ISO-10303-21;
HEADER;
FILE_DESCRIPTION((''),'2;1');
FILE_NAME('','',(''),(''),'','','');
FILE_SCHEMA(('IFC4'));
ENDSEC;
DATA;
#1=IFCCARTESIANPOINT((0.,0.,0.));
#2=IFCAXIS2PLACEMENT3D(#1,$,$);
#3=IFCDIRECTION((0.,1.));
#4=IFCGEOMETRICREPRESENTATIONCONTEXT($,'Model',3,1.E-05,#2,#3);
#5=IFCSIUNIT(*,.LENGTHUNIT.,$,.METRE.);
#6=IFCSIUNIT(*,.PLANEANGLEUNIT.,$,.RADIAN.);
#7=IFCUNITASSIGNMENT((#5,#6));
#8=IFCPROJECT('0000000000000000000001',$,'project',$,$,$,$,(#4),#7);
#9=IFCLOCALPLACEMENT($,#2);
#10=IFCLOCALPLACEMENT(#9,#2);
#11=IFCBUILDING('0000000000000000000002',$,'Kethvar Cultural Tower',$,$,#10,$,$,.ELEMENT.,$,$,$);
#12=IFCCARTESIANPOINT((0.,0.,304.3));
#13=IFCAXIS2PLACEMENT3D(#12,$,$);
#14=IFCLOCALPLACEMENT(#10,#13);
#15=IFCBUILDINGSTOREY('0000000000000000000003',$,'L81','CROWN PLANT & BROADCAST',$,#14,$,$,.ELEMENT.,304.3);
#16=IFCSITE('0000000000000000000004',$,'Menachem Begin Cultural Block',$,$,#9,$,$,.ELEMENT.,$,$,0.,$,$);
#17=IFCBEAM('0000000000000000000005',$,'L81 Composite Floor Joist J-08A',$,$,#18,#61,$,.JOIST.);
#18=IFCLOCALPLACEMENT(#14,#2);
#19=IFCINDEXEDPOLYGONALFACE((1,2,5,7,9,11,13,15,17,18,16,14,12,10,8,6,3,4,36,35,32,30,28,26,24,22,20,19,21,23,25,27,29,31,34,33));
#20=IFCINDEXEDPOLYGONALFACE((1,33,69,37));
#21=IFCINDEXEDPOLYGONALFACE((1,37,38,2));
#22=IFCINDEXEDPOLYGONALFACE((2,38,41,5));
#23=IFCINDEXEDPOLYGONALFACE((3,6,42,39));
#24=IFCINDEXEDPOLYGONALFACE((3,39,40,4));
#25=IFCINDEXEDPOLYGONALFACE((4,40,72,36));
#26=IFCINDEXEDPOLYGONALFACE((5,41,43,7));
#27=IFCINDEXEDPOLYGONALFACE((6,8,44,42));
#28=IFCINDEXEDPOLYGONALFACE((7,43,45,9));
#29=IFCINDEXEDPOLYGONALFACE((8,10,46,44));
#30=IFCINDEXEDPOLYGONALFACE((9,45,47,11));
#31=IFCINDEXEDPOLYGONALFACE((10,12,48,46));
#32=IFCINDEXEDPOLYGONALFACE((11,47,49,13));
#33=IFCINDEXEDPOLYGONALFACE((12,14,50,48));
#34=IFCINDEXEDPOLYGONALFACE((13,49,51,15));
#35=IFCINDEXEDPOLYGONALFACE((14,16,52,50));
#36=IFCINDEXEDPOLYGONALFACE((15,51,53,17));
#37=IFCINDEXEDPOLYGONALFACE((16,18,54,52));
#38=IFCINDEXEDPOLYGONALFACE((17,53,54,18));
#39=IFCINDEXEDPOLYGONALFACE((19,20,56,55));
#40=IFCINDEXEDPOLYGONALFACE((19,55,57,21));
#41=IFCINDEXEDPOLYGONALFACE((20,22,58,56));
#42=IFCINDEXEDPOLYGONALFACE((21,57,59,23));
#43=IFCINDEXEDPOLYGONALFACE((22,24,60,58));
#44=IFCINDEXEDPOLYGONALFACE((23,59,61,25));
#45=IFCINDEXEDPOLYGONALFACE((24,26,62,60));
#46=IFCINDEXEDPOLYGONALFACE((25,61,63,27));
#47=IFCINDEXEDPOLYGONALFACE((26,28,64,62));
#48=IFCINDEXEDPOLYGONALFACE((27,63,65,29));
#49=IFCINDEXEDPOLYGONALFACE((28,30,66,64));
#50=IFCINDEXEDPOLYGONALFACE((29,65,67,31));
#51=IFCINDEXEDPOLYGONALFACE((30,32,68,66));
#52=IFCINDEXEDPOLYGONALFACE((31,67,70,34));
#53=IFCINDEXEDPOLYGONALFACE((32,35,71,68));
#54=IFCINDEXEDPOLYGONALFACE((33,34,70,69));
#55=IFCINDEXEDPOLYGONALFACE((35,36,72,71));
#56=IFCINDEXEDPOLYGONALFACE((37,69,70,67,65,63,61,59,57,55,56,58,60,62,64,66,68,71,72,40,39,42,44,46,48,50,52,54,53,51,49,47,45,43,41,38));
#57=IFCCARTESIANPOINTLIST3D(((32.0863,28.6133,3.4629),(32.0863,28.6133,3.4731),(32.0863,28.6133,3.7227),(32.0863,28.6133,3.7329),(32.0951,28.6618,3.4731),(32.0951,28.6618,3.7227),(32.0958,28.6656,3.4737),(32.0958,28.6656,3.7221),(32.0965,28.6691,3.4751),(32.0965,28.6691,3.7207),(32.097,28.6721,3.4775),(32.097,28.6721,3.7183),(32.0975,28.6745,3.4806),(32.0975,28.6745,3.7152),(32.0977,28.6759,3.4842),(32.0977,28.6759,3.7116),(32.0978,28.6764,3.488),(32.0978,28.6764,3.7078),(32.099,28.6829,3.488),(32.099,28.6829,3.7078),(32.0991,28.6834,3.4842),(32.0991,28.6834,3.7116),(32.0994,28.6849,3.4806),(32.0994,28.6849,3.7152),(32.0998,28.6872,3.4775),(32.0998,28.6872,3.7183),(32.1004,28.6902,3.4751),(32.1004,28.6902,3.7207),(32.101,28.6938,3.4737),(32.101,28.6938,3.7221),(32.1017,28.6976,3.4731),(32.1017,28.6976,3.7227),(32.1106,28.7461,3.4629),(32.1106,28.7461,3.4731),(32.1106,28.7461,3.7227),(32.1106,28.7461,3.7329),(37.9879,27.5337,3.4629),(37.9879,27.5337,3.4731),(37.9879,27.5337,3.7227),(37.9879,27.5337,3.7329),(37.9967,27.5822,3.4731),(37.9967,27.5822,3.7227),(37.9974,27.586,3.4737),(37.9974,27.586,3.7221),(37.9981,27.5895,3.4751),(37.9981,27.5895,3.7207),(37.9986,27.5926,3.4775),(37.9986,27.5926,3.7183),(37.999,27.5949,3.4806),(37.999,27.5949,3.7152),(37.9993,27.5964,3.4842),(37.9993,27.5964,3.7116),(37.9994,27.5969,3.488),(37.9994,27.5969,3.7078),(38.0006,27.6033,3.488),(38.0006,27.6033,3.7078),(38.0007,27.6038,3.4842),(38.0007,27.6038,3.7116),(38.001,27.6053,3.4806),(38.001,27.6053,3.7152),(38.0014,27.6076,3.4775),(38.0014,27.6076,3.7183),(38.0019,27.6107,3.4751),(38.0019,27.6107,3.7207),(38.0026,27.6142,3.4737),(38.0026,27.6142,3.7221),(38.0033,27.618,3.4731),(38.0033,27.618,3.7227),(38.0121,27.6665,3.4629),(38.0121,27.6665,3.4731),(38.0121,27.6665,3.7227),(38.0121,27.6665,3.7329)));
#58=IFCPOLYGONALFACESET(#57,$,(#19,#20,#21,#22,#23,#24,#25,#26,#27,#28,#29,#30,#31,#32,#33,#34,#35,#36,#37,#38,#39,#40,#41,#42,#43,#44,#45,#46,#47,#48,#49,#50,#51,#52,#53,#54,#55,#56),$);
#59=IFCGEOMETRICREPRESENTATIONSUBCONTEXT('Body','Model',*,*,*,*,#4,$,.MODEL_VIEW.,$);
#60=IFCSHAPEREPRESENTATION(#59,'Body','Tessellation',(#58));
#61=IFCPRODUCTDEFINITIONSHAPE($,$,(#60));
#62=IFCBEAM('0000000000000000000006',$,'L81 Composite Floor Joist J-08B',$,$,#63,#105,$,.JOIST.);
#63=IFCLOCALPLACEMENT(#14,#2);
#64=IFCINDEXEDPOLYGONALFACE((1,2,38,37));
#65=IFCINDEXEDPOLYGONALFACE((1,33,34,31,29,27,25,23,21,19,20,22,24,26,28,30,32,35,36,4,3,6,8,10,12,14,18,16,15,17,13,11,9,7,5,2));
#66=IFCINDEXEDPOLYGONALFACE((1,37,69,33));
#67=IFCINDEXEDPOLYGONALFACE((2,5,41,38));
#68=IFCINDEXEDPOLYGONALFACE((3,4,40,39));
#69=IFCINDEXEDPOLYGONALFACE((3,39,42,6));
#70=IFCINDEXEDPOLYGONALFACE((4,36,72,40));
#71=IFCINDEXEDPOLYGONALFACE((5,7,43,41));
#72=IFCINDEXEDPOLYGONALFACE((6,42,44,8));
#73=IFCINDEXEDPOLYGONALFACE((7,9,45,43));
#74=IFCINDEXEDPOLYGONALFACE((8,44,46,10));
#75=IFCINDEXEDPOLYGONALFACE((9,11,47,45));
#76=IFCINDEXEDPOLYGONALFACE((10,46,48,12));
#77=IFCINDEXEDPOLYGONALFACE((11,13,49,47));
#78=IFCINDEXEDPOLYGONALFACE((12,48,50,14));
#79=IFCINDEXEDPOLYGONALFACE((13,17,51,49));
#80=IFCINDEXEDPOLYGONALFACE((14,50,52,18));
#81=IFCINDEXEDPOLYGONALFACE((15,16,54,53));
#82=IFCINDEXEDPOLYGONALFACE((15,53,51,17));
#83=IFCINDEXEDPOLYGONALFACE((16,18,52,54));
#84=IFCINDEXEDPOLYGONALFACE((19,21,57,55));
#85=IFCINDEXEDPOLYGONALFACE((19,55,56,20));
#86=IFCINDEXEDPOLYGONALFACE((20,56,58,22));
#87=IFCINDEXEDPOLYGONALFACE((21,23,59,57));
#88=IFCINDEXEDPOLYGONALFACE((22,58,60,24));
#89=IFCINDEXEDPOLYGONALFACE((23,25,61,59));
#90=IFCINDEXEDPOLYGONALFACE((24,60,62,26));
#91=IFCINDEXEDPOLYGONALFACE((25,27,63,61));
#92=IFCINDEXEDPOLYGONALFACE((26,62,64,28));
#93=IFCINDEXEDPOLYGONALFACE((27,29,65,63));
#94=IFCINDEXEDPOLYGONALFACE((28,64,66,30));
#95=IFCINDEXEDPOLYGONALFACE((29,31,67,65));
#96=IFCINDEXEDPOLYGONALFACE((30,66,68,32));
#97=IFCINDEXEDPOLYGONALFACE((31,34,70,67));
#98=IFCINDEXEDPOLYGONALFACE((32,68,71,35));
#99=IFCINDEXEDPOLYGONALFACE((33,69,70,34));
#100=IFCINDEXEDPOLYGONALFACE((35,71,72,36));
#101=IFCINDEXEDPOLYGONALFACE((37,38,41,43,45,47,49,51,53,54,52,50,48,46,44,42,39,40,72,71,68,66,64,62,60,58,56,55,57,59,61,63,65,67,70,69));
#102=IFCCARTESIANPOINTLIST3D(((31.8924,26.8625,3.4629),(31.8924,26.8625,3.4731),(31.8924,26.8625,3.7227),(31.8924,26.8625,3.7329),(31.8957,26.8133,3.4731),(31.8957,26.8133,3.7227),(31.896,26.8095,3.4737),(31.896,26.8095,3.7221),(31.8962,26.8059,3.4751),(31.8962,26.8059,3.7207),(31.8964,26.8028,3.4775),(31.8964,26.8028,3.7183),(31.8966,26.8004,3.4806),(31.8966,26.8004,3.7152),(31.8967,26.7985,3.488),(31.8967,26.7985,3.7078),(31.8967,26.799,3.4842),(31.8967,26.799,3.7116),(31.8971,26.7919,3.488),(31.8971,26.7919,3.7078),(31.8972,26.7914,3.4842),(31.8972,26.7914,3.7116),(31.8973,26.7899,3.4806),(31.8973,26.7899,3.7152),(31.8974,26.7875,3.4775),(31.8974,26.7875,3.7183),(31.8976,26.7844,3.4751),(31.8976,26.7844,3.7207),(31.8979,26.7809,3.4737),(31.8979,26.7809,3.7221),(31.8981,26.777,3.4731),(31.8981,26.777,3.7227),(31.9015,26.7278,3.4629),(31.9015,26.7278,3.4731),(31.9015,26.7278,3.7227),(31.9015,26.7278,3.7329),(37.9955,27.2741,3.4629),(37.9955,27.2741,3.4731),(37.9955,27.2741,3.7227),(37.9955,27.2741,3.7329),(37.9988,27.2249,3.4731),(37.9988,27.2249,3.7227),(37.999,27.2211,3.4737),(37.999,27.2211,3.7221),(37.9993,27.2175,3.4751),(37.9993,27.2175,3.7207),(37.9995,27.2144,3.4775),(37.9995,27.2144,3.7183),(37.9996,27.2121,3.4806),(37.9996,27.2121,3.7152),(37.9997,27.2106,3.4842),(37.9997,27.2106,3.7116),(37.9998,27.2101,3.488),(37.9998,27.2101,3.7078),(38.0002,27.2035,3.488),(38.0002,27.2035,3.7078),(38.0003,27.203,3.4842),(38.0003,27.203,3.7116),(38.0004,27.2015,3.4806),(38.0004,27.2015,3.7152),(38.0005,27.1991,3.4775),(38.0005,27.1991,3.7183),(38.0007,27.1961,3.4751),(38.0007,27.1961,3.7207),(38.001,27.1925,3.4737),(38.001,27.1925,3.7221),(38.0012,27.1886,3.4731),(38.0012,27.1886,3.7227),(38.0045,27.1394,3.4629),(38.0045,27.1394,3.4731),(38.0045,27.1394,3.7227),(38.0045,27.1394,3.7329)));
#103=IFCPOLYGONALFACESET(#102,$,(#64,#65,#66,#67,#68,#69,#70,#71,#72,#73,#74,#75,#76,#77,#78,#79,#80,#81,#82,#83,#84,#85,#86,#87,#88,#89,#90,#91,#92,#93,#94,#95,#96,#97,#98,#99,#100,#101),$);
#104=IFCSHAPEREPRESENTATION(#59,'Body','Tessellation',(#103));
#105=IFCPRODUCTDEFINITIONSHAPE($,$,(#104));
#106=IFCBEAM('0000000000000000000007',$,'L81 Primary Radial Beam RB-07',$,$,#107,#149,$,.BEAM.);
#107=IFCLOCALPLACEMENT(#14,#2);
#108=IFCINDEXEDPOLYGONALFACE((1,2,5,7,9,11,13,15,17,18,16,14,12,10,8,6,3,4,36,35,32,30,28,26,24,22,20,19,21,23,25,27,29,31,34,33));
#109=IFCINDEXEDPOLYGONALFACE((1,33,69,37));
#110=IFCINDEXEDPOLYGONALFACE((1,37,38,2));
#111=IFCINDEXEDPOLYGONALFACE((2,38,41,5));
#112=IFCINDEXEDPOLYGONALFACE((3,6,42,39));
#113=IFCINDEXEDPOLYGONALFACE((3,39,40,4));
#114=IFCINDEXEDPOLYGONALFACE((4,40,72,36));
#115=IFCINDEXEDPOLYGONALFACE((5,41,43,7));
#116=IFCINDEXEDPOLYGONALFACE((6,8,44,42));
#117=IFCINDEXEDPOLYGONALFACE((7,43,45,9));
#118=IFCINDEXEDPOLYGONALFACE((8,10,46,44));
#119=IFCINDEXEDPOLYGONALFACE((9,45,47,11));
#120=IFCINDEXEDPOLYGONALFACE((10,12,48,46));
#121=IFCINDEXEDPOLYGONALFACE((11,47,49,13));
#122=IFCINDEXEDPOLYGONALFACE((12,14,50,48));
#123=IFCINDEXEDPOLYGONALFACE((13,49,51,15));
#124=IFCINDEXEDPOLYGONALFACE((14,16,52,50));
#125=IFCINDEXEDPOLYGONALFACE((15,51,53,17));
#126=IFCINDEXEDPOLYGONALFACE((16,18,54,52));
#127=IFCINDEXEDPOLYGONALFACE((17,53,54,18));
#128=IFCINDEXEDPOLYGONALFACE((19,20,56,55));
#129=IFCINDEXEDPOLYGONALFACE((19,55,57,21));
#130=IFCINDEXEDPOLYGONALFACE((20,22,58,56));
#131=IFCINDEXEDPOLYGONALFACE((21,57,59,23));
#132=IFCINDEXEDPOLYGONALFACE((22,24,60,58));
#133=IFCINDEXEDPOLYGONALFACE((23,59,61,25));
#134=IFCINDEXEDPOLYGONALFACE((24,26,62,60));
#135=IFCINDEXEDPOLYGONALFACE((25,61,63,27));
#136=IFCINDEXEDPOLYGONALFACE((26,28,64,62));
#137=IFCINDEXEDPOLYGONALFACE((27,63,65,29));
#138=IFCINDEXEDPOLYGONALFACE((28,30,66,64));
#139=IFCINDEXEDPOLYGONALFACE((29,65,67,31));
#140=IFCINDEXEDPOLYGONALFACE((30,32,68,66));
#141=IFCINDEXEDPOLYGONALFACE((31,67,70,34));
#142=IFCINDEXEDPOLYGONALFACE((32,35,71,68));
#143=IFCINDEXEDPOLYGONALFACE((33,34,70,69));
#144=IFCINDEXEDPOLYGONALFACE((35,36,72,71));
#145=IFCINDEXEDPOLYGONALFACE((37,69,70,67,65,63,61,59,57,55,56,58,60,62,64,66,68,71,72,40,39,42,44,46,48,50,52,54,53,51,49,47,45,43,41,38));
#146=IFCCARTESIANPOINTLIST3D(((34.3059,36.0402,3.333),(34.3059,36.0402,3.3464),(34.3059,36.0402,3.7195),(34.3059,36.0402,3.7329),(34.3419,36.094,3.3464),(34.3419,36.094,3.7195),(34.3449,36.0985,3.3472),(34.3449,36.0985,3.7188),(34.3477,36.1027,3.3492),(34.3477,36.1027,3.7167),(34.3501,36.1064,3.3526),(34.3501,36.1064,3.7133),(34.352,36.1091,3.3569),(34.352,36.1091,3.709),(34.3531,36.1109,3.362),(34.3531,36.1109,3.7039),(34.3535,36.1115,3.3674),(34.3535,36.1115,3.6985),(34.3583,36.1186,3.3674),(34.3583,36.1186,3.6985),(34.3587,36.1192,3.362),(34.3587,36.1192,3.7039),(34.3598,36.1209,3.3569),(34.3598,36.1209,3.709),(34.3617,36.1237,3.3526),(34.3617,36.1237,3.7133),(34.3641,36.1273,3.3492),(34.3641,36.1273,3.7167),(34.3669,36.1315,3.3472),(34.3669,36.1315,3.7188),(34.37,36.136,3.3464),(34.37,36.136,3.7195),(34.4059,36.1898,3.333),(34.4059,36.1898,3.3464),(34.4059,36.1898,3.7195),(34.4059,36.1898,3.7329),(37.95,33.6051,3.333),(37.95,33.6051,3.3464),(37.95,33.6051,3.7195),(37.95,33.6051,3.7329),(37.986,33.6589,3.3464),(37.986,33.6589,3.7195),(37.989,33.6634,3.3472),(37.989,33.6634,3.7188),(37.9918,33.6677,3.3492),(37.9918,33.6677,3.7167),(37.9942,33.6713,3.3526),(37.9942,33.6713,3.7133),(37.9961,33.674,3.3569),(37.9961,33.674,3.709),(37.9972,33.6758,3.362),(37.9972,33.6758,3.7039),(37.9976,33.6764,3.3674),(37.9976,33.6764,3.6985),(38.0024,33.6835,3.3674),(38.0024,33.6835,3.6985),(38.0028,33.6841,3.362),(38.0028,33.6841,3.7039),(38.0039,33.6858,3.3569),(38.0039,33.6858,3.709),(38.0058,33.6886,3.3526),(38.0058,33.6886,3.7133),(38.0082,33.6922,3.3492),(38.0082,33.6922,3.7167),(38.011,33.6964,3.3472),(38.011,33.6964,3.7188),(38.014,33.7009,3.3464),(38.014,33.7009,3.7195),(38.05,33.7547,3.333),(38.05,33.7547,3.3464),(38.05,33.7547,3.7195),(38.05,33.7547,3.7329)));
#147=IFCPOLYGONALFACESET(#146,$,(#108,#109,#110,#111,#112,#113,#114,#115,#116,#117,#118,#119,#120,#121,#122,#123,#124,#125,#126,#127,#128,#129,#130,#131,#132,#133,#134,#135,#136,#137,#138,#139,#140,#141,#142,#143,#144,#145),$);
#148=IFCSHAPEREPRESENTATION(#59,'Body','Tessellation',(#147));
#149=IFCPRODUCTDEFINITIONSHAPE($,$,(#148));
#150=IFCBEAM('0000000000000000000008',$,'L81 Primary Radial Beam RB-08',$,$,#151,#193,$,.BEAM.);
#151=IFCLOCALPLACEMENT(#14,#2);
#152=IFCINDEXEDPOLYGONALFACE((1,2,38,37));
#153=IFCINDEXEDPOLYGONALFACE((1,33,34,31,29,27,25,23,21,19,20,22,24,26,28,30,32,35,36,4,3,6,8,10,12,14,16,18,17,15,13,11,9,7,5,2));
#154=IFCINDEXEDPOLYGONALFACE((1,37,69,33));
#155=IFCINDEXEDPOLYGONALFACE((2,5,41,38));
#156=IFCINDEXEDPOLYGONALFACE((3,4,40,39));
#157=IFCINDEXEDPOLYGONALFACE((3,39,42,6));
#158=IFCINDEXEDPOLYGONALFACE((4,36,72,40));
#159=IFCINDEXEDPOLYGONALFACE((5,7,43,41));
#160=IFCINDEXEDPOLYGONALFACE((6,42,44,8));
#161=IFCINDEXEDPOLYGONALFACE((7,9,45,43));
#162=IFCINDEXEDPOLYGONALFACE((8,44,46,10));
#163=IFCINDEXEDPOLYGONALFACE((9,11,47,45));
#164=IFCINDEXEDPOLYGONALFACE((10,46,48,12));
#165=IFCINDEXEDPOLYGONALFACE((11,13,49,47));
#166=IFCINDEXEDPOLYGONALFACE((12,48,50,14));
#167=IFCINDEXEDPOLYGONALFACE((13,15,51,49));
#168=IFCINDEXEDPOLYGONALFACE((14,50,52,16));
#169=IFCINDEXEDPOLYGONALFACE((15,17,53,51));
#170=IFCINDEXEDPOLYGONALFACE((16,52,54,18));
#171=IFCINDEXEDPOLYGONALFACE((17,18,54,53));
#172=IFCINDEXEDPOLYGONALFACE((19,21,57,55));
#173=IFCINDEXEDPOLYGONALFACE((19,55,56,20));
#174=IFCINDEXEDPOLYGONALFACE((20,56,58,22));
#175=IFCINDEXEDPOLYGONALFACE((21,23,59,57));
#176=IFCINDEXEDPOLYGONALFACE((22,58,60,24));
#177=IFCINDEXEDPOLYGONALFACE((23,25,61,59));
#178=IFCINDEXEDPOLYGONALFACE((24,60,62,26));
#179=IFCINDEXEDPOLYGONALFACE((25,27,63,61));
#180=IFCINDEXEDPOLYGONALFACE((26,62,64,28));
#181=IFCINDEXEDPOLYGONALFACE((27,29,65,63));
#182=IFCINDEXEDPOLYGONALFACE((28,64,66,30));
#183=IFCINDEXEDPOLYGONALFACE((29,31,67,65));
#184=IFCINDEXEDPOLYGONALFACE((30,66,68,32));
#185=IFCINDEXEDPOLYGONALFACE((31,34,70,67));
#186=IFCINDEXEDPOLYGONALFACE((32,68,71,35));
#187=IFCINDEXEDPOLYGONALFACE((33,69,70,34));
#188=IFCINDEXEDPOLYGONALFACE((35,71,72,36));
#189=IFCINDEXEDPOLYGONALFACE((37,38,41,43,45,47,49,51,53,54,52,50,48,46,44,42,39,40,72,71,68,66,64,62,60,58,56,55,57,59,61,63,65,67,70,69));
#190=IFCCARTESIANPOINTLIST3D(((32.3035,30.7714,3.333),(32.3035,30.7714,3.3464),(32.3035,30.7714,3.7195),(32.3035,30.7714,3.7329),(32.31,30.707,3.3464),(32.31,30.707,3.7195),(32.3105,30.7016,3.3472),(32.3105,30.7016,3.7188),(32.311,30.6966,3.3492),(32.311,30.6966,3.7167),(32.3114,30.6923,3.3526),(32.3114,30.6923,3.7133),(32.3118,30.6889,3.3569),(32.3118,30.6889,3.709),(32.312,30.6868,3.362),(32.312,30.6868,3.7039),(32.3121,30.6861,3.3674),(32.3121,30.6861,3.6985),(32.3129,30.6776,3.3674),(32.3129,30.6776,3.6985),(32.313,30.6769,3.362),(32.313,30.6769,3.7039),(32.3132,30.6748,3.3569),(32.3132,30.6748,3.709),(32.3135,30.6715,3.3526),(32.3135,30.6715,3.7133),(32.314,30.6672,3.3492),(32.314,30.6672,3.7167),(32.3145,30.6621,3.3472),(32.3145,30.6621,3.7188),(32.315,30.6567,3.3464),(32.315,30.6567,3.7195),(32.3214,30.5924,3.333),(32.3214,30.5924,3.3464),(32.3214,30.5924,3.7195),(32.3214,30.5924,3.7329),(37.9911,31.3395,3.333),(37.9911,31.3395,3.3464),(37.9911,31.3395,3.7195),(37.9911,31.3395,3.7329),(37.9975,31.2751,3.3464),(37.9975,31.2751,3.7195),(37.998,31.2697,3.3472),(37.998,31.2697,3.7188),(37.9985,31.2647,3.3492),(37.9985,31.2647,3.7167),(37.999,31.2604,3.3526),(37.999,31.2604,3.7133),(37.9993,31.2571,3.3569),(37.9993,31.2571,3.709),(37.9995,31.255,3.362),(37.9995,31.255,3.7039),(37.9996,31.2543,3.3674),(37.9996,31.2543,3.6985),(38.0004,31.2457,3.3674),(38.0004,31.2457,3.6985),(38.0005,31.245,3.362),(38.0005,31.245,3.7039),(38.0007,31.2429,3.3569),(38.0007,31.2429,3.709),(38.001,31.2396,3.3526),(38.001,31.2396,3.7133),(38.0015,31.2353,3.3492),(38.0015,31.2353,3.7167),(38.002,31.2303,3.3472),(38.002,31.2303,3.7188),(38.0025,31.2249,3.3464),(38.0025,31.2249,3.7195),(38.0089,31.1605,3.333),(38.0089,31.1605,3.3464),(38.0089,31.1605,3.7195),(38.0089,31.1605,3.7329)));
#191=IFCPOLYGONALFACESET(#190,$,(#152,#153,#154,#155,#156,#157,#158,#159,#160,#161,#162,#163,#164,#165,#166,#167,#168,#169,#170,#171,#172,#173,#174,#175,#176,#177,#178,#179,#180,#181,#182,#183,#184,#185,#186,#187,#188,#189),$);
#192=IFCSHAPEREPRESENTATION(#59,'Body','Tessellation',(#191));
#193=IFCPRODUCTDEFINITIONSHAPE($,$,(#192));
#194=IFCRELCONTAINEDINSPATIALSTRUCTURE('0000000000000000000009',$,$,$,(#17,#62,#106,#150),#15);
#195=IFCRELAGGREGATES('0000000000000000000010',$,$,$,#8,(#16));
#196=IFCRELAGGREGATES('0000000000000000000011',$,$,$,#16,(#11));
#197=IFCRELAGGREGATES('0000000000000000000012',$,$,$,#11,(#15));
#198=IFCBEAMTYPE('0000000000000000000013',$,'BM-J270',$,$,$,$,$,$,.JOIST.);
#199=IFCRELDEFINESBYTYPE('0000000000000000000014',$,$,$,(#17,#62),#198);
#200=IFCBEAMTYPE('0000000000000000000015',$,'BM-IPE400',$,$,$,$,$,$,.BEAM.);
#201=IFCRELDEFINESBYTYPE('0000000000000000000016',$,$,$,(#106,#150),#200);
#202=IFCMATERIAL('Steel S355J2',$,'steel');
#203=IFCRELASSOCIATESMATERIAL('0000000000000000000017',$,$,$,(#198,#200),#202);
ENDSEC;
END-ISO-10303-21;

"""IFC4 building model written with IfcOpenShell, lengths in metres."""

from ifc_helpers import new_model, si_unit, direction, frame, origin, origin_2d, place, context, subcontext, project, spatial, i_section, extrude, source, transform, mapped, material, material_profile, profile_set, type_object, element, save


model = new_model("IFC4")

# Units and contexts
model_context = context("Model", 3, precision=1e-05, world=origin(), true_north=direction((0.0, 1.0)))
body_context = subcontext(model_context, "Body", "Model", "MODEL_VIEW")
ifc_project = project(units=[si_unit("LENGTHUNIT", "METRE"), si_unit("PLANEANGLEUNIT", "RADIAN")], contexts=[model_context])

# Site, building, storey
site_placement = place(None, origin())
site = spatial("IfcSite", under=ifc_project, at=site_placement, Name="Menachem Begin Cultural Block", CompositionType="ELEMENT", RefElevation=0.0)
building_placement = place(site_placement, origin())
building = spatial("IfcBuilding", under=site, at=building_placement, Name="Kethvar Cultural Tower", CompositionType="ELEMENT")
storey_placement = place(building_placement, frame((0.0, 0.0, 304.3)))
storey = spatial("IfcBuildingStorey", under=building, at=storey_placement, Name="L81", Description="CROWN PLANT & BROADCAST", CompositionType="ELEMENT", Elevation=304.3)

# Beams
ifc_material_1 = material(Name="Steel S355J2", Category="steel")
ifc_material_profile_1 = material_profile(ifc_material_1, i_section(OverallWidth=0.135, OverallDepth=0.27, WebThickness=0.0066, FlangeThickness=0.0103, FilletRadius=0.0149, at=origin_2d()), Name="Steel S355J2 — IPE270")
ifc_profile_set_1 = profile_set([ifc_material_profile_1], Name="Steel S355J2 — IPE270")
beam_type_1 = type_object("IfcBeamType", Name="BM-J270", PredefinedType="JOIST", material=ifc_profile_set_1)
shared_shape_1 = source(origin(), body_context, "Body", "SweptSolid", [
    extrude(i_section(OverallWidth=0.135, OverallDepth=0.27, WebThickness=0.0066, FlangeThickness=0.0103, FilletRadius=0.0149, at=origin_2d()), origin(), (0.0, 0.0, 1.0), 5.9995),
])
beam_1_placement = place(storey_placement, frame((38.0, 27.6001, 3.5979), z_axis=(-0.983677, 0.179945, 0.0), x_axis=(-0.179945, -0.983677, 0.0)))
element("IfcBeam", 1, at=beam_1_placement, inside=storey, type_object=beam_type_1, Name="L81 Composite Floor Joist J-08A", PredefinedType="JOIST", context=body_context, shape_type="MappedRepresentation", body=[
    mapped(shared_shape_1, transform((0.0, 0.0, 0.0), scale=1.0)),
])
shared_shape_2 = source(origin(), body_context, "Body", "SweptSolid", [
    extrude(i_section(OverallWidth=0.135, OverallDepth=0.27, WebThickness=0.0066, FlangeThickness=0.0103, FilletRadius=0.0149, at=origin_2d()), origin(), (0.0, 0.0, 1.0), 6.1169),
])
beam_2_placement = place(storey_placement, frame((38.0, 27.2068, 3.5979), z_axis=(-0.997733, -0.067293, 0.0), x_axis=(0.067293, -0.997733, 0.0)))
element("IfcBeam", 2, at=beam_2_placement, inside=storey, type_object=beam_type_1, Name="L81 Composite Floor Joist J-08B", PredefinedType="JOIST", context=body_context, shape_type="MappedRepresentation", body=[
    mapped(shared_shape_2, transform((0.0, 0.0, 0.0), scale=1.0)),
])
ifc_material_profile_2 = material_profile(ifc_material_1, i_section(OverallWidth=0.1799, OverallDepth=0.3999, WebThickness=0.0085, FlangeThickness=0.0134, FilletRadius=0.021, at=origin_2d()), Name="Steel S355J2 — IPE400")
ifc_profile_set_2 = profile_set([ifc_material_profile_2], Name="Steel S355J2 — IPE400")
beam_type_2 = type_object("IfcBeamType", Name="BM-IPE400", PredefinedType="BEAM", material=ifc_profile_set_2)
shared_shape_3 = source(origin(), body_context, "Body", "SweptSolid", [
    extrude(i_section(OverallWidth=0.1799, OverallDepth=0.3999, WebThickness=0.0085, FlangeThickness=0.0134, FilletRadius=0.021, at=origin_2d()), origin(), (0.0, 0.0, 1.0), 4.3828),
])
beam_3_placement = place(storey_placement, frame((38.0, 33.6799, 3.533), z_axis=(-0.83145, 0.5556, 0.0), x_axis=(-0.5556, -0.83145, 0.0)))
element("IfcBeam", 3, at=beam_3_placement, inside=storey, type_object=beam_type_2, Name="L81 Primary Radial Beam RB-07", PredefinedType="BEAM", context=body_context, shape_type="MappedRepresentation", body=[
    mapped(shared_shape_3, transform((0.0, 0.0, 0.0), scale=1.0)),
])
shared_shape_4 = source(origin(), body_context, "Body", "SweptSolid", [
    extrude(i_section(OverallWidth=0.1799, OverallDepth=0.3999, WebThickness=0.0085, FlangeThickness=0.0134, FilletRadius=0.021, at=origin_2d()), origin(), (0.0, 0.0, 1.0), 5.7158),
])
beam_4_placement = place(storey_placement, frame((38.0, 31.25, 3.533), z_axis=(-0.995048, -0.099394, 0.0), x_axis=(0.099394, -0.995048, 0.0)))
element("IfcBeam", 4, at=beam_4_placement, inside=storey, type_object=beam_type_2, Name="L81 Primary Radial Beam RB-08", PredefinedType="BEAM", context=body_context, shape_type="MappedRepresentation", body=[
    mapped(shared_shape_4, transform((0.0, 0.0, 0.0), scale=1.0)),
])

save(model, "model.ifc")
